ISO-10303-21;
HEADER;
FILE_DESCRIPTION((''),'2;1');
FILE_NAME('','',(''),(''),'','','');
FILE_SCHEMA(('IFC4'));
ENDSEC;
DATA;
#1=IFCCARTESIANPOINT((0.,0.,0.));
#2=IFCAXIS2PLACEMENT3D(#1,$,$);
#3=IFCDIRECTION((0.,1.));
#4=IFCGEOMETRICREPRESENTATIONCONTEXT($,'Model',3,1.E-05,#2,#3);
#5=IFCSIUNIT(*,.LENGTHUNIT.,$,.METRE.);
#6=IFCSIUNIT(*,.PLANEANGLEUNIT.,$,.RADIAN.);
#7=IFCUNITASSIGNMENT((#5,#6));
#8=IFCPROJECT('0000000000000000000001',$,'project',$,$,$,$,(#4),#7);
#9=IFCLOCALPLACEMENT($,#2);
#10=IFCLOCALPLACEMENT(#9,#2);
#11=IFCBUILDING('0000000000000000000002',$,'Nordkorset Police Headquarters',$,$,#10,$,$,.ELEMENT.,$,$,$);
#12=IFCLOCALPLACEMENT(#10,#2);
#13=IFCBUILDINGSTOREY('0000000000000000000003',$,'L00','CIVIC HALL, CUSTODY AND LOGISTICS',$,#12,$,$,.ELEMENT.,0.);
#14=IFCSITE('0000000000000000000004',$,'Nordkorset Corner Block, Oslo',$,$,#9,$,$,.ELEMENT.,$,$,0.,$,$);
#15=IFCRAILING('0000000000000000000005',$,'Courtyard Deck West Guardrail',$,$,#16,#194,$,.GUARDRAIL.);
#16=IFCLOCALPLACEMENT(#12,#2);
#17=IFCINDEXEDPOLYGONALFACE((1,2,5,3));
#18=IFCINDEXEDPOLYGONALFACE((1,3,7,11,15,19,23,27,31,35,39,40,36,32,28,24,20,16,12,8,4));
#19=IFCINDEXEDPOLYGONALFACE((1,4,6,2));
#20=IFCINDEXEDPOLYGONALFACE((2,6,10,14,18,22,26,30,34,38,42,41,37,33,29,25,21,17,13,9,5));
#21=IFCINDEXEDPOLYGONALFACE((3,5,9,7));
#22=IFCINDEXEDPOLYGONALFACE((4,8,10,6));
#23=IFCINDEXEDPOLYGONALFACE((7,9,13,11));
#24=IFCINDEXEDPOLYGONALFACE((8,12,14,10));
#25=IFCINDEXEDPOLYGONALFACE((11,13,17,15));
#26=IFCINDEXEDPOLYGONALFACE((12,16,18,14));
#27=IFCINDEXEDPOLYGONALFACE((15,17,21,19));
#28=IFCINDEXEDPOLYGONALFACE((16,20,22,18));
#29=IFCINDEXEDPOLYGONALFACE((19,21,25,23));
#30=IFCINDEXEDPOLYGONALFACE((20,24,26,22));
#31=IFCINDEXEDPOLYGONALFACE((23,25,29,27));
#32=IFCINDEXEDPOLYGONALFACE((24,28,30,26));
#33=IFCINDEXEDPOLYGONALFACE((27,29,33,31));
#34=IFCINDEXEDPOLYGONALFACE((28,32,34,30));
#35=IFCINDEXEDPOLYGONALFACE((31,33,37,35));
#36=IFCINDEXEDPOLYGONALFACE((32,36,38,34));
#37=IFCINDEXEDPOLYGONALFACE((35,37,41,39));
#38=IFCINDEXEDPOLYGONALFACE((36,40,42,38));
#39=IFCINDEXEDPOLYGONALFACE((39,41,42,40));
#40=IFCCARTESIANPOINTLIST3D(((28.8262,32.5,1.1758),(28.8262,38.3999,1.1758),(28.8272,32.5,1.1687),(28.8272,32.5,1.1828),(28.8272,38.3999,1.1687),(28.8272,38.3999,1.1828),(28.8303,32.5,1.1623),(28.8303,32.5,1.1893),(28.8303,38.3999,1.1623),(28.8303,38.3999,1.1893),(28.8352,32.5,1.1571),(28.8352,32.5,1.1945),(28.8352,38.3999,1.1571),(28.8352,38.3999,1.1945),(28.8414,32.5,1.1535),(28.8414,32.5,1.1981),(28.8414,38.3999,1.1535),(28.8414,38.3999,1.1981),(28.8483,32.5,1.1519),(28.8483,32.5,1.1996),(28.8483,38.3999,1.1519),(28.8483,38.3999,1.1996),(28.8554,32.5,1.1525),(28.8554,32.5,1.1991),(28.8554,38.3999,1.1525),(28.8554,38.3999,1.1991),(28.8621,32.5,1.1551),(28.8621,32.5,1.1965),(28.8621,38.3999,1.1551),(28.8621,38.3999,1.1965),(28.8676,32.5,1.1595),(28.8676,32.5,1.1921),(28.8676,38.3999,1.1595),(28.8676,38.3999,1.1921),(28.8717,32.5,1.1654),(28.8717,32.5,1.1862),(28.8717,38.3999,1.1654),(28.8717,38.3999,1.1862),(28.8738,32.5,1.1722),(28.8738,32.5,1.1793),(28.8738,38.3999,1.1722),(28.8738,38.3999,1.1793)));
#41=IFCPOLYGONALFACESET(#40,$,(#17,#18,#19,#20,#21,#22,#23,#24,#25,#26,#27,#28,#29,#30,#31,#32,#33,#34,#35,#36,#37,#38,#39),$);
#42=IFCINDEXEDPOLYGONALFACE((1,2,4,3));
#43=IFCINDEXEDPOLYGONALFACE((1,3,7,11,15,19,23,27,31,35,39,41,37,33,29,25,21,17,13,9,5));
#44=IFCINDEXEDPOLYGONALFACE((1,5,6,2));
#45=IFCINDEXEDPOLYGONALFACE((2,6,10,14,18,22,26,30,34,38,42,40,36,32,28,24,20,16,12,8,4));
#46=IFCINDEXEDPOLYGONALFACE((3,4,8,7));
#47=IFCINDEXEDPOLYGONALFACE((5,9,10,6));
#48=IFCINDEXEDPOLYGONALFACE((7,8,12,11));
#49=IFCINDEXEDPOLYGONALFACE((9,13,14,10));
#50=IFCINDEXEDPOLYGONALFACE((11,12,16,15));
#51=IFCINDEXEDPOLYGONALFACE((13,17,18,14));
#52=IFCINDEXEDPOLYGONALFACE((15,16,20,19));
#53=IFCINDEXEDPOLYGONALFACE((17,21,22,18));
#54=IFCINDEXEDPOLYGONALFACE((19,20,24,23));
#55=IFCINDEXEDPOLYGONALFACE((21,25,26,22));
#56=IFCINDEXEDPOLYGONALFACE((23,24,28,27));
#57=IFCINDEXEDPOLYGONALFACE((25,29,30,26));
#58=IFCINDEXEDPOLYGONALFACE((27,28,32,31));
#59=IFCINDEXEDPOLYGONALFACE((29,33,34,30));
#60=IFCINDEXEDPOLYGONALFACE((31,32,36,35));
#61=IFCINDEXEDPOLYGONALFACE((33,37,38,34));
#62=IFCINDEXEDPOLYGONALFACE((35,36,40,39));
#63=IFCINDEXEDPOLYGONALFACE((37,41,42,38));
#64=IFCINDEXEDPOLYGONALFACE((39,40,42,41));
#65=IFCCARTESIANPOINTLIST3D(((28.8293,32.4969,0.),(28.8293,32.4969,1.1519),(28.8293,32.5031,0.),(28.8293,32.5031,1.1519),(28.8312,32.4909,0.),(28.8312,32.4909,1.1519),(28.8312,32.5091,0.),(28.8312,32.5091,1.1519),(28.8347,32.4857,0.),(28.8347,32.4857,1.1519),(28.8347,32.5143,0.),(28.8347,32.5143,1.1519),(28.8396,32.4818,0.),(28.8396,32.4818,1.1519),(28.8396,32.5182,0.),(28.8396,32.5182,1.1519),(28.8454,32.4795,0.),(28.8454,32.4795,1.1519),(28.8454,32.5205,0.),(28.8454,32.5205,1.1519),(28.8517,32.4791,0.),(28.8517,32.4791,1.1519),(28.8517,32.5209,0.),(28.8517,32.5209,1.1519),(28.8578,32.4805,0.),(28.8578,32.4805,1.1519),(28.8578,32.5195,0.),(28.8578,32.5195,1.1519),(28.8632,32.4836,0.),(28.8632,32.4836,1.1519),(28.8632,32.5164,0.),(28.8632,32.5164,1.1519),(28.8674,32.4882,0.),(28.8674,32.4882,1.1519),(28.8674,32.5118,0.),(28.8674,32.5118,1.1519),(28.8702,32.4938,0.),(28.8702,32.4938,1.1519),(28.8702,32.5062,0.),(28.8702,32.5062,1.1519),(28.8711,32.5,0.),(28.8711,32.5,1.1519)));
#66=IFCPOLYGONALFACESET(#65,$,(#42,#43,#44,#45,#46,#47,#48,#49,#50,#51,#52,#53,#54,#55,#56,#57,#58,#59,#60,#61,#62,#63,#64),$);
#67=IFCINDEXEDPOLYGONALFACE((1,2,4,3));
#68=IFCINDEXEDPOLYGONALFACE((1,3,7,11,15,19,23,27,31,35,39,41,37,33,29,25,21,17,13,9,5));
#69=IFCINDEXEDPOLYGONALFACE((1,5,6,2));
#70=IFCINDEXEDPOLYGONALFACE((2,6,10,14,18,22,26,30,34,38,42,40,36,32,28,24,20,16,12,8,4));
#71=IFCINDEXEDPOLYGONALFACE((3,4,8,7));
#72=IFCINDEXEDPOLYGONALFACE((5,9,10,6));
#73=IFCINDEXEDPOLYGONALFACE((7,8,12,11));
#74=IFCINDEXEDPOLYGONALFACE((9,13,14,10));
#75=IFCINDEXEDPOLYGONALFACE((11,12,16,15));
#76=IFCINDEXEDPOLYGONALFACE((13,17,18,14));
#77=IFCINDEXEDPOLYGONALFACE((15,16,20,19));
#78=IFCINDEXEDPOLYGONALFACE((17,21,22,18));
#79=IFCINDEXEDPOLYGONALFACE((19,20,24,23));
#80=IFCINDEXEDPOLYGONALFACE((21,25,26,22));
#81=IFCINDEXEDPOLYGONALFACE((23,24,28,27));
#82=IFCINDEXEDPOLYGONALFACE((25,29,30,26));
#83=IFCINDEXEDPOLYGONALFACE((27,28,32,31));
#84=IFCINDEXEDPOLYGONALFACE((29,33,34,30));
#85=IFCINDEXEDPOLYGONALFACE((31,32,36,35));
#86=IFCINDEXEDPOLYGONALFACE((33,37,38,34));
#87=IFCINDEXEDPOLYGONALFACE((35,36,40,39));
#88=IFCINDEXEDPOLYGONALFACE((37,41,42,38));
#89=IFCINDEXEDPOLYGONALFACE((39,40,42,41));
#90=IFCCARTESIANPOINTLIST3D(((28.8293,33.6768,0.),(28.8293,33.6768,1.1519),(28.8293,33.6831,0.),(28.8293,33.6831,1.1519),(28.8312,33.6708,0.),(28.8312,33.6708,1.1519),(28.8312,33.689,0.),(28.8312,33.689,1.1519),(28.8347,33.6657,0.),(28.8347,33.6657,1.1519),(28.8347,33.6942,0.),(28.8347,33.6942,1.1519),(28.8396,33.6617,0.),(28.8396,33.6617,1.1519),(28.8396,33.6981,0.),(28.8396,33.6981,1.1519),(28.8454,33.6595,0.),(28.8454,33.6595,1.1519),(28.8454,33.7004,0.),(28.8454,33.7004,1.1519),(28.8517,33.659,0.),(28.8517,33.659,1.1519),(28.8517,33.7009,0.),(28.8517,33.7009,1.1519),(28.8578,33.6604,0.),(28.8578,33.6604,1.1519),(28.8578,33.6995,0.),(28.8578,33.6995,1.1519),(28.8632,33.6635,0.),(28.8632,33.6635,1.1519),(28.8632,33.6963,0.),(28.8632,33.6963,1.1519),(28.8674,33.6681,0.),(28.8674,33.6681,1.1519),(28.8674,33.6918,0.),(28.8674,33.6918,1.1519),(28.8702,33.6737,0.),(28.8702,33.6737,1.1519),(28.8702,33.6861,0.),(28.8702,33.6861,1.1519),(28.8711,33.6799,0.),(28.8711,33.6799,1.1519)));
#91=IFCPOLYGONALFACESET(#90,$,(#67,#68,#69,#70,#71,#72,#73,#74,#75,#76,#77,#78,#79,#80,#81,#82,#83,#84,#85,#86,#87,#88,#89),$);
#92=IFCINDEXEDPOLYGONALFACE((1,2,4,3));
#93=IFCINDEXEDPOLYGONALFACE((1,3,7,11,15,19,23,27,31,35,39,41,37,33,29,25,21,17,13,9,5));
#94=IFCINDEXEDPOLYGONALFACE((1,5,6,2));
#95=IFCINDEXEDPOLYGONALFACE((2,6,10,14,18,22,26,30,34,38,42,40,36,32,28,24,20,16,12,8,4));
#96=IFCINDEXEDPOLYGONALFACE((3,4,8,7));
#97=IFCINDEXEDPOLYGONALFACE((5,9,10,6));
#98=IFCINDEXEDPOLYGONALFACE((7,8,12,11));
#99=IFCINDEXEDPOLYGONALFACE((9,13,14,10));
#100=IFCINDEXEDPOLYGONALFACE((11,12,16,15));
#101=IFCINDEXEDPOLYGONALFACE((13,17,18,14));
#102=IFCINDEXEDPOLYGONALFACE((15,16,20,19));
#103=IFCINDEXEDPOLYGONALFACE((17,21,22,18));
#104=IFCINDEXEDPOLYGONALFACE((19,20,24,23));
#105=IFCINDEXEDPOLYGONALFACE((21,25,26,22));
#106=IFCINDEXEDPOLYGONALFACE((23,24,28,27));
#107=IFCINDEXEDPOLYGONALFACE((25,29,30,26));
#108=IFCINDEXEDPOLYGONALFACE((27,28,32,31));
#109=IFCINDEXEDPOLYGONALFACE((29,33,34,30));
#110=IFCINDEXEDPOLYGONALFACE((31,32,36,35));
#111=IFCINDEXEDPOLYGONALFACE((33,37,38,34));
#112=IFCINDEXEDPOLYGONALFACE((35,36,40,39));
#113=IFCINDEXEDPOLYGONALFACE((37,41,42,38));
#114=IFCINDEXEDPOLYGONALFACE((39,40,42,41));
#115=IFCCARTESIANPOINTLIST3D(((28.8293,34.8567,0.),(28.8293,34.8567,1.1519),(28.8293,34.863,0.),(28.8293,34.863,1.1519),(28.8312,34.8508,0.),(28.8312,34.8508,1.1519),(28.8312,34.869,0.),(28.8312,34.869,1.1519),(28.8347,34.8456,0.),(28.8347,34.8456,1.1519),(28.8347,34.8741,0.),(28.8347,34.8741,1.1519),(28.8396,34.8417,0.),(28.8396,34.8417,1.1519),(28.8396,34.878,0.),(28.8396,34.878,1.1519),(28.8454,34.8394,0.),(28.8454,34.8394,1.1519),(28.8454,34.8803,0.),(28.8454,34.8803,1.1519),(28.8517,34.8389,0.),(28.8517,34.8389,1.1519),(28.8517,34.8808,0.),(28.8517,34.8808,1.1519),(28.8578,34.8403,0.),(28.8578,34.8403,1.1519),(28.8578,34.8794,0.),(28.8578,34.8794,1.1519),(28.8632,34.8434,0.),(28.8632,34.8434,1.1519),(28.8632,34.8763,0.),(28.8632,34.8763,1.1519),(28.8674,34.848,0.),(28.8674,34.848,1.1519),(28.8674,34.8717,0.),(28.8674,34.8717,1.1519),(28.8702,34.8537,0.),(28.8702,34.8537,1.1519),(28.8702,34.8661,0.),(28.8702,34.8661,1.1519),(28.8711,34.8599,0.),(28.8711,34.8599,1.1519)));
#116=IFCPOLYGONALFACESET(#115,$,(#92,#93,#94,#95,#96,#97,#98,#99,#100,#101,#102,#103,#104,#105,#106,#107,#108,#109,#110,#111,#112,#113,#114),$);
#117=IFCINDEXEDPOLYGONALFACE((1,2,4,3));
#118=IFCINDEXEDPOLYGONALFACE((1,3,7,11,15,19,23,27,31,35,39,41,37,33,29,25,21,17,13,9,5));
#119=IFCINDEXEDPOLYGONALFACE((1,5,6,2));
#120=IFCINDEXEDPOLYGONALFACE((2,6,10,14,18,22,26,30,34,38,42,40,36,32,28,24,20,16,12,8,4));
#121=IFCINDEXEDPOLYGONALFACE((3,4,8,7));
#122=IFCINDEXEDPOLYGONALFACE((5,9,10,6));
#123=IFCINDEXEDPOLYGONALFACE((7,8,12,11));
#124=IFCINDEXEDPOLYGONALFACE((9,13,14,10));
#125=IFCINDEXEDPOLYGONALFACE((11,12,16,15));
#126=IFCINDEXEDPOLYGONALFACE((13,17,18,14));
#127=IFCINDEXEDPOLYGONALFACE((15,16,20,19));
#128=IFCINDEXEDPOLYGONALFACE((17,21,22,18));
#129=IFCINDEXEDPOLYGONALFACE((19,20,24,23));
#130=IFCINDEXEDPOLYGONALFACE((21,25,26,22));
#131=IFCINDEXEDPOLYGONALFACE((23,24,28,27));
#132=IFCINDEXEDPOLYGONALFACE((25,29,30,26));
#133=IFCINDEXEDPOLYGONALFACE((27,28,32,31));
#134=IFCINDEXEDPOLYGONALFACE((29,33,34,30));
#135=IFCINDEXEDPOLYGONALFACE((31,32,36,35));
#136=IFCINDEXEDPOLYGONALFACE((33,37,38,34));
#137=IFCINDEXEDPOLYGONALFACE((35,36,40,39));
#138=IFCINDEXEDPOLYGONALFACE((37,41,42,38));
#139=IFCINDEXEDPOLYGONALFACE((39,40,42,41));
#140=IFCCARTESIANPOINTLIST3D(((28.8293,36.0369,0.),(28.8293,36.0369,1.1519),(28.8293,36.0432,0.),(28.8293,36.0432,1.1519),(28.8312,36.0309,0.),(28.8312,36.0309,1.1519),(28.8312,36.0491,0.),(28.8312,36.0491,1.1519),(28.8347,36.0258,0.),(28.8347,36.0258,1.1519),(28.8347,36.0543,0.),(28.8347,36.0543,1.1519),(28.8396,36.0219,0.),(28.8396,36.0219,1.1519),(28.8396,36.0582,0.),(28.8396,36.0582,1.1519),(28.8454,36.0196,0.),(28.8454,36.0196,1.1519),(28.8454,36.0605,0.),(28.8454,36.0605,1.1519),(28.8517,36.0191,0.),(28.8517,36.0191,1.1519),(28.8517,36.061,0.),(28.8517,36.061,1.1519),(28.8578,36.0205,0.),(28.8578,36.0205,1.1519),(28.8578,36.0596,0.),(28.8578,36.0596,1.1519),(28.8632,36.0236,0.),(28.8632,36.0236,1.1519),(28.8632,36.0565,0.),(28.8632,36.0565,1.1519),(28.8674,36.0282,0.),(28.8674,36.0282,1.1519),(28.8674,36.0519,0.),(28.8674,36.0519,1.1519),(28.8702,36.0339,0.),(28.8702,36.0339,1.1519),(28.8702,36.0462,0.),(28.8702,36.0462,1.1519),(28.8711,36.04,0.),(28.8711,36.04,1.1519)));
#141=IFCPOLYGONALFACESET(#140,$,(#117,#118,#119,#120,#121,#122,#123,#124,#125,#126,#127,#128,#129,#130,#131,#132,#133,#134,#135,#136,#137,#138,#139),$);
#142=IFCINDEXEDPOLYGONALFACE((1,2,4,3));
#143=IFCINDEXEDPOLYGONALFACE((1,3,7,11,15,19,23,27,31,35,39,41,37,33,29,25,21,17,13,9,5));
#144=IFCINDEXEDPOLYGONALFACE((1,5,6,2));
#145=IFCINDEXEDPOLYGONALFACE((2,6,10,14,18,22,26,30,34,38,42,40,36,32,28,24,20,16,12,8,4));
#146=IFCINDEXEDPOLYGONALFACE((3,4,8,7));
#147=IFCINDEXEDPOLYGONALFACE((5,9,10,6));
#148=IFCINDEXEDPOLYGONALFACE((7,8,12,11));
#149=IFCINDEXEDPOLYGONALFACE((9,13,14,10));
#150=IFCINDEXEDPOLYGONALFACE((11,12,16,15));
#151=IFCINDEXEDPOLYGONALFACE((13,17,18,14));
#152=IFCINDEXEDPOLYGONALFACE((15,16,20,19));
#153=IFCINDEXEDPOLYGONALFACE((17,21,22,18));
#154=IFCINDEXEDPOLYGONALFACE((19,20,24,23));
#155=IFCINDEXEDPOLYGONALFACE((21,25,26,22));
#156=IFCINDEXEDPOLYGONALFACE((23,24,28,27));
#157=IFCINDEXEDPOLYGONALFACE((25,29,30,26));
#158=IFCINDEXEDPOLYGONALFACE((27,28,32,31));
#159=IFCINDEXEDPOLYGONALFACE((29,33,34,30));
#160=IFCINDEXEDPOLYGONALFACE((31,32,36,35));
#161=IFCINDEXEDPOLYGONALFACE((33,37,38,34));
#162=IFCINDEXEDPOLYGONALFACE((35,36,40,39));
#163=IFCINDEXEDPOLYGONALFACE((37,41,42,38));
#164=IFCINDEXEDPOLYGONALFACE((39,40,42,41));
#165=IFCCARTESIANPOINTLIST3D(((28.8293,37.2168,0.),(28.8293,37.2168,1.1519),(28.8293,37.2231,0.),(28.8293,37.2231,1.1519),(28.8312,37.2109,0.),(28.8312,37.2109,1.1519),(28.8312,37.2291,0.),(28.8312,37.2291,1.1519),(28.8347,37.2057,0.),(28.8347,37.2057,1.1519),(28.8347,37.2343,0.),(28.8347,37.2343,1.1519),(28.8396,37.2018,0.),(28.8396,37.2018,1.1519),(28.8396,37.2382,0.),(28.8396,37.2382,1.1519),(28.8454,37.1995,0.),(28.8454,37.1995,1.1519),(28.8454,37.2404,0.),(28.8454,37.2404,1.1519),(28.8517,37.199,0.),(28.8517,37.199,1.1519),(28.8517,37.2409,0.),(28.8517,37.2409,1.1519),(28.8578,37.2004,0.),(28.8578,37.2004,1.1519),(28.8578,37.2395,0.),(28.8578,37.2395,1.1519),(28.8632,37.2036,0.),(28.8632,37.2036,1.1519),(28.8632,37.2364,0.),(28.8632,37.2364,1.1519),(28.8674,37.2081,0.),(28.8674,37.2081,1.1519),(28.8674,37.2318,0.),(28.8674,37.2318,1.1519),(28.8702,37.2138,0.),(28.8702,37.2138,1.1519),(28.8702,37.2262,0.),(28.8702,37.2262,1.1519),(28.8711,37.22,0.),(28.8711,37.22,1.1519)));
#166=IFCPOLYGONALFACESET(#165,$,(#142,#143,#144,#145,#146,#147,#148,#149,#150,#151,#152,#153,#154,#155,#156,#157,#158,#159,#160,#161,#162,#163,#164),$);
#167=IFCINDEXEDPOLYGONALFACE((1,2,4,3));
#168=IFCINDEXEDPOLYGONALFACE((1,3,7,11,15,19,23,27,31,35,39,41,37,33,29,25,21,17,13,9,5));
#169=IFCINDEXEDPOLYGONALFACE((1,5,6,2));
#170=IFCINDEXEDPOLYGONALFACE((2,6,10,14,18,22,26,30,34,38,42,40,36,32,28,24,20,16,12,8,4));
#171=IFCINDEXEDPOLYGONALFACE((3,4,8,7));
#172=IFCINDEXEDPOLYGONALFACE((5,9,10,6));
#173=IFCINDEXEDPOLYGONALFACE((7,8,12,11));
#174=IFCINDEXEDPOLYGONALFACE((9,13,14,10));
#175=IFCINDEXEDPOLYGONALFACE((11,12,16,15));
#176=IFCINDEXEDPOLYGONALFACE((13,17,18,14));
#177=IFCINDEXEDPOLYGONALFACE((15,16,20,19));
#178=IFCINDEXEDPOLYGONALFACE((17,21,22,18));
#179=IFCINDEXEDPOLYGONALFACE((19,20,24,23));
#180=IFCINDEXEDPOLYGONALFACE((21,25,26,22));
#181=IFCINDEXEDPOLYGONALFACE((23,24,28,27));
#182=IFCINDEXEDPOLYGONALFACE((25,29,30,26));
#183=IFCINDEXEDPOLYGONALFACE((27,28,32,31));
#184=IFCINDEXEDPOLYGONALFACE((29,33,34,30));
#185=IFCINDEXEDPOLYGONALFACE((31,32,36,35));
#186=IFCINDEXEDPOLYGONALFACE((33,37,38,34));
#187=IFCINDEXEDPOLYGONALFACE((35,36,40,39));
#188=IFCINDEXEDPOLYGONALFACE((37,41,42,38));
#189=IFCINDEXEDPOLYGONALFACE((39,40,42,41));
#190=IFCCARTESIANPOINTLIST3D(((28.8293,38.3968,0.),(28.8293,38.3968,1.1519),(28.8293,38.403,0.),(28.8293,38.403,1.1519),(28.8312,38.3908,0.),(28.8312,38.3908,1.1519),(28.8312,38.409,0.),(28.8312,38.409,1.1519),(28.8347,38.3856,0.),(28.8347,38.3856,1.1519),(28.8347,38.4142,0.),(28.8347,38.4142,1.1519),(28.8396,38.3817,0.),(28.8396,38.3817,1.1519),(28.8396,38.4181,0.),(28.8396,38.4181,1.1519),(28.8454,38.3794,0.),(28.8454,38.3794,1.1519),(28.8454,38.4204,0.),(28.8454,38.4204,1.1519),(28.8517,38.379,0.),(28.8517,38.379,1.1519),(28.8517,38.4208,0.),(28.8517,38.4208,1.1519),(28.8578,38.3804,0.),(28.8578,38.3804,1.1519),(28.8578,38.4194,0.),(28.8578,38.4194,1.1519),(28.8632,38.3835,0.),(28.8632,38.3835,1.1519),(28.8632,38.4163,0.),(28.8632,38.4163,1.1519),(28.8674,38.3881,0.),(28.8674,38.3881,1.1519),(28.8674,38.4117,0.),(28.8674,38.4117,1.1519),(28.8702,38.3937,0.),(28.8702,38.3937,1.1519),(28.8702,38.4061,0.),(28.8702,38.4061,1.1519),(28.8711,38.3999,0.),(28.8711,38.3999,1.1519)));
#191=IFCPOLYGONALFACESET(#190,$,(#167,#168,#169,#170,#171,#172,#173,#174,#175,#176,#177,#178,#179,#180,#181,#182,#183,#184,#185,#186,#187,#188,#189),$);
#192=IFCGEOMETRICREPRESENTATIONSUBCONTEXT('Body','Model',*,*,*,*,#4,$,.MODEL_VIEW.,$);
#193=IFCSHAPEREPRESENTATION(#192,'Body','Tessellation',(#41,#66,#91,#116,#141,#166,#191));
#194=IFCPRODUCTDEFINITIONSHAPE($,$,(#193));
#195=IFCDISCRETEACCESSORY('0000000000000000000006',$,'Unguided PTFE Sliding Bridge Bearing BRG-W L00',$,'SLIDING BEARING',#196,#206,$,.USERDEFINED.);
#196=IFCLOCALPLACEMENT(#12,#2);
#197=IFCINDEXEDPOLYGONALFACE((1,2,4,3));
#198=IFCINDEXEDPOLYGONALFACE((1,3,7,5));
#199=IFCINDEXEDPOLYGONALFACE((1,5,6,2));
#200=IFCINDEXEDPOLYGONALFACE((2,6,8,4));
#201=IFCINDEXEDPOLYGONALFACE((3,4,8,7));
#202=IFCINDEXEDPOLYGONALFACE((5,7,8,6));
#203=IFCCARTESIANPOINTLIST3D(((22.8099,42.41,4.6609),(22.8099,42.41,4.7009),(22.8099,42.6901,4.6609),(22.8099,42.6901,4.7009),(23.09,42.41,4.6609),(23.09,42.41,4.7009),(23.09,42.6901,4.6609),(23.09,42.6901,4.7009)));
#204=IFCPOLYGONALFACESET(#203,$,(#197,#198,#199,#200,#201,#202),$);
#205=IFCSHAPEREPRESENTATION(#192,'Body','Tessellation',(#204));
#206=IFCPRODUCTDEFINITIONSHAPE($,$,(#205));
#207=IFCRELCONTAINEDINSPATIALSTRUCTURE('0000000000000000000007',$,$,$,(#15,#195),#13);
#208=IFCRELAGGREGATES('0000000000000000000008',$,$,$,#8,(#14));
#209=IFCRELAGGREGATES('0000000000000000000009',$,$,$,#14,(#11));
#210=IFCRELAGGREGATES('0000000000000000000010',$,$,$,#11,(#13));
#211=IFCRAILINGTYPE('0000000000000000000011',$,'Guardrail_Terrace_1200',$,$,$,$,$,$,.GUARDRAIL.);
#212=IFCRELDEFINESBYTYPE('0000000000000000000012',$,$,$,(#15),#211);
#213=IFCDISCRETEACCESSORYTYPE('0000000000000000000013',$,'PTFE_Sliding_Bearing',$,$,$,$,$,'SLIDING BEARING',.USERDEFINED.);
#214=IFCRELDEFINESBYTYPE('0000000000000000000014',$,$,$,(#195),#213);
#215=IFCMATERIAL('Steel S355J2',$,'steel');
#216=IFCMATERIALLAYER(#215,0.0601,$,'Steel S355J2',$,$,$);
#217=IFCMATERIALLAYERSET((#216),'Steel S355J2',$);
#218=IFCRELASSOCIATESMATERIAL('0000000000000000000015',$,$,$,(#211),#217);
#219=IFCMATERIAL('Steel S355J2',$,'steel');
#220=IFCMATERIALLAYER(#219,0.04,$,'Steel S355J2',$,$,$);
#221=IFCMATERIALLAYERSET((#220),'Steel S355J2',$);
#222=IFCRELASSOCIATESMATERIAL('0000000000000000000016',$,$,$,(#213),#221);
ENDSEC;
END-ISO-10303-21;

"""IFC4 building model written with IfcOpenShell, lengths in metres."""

from ifc_helpers import new_model, si_unit, direction, frame, origin, origin_2d, place, context, subcontext, project, spatial, rectangle, circle, extrude, material, layer, layer_set, type_object, element, save


model = new_model("IFC4")

# Units and contexts
model_context = context("Model", 3, precision=1e-05, world=origin(), true_north=direction((0.0, 1.0)))
body_context = subcontext(model_context, "Body", "Model", "MODEL_VIEW")
ifc_project = project(units=[si_unit("LENGTHUNIT", "METRE"), si_unit("PLANEANGLEUNIT", "RADIAN")], contexts=[model_context])

# Site, building, storey
site_placement = place(None, origin())
site = spatial("IfcSite", under=ifc_project, at=site_placement, Name="Nordkorset Corner Block, Oslo", CompositionType="ELEMENT", RefElevation=0.0)
building_placement = place(site_placement, origin())
building = spatial("IfcBuilding", under=site, at=building_placement, Name="Nordkorset Police Headquarters", CompositionType="ELEMENT")
storey_placement = place(building_placement, origin())
storey = spatial("IfcBuildingStorey", under=building, at=storey_placement, Name="L00", Description="CIVIC HALL, CUSTODY AND LOGISTICS", CompositionType="ELEMENT", Elevation=0.0)

# Railing
ifc_material_1 = material(Name="Steel S355J2", Category="steel")
ifc_layer_1 = layer(ifc_material_1, 0.0601, Name="Steel S355J2")
ifc_layer_set_1 = layer_set([ifc_layer_1], Name="Steel S355J2")
railing_type = type_object("IfcRailingType", Name="Guardrail_Terrace_1200", PredefinedType="GUARDRAIL", material=ifc_layer_set_1)
railing_1_placement = place(storey_placement, frame((28.8501, 32.5, 0.0)))
element("IfcRailing", 1, at=railing_1_placement, inside=storey, type_object=railing_type, Name="Courtyard Deck West Guardrail", PredefinedType="GUARDRAIL", context=body_context, shape_type="SweptSolid", body=[
    extrude(circle(Radius=0.0239, at=origin_2d()), frame((0.0, 0.0, 1.1758), z_axis=(0.0, 1.0, 0.0), x_axis=(-1.0, 0.0, 0.0)), (0.0, 0.0, 1.0), 5.8999),
    extrude(circle(Radius=0.021, at=origin_2d()), origin(), (0.0, 0.0, 1.0), 1.1519),
    extrude(circle(Radius=0.021, at=origin_2d()), frame((0.0, 1.1799, 0.0)), (0.0, 0.0, 1.0), 1.1519),
    extrude(circle(Radius=0.021, at=origin_2d()), frame((0.0, 2.3599, 0.0)), (0.0, 0.0, 1.0), 1.1519),
    extrude(circle(Radius=0.021, at=origin_2d()), frame((0.0, 3.54, 0.0)), (0.0, 0.0, 1.0), 1.1519),
    extrude(circle(Radius=0.021, at=origin_2d()), frame((0.0, 4.72, 0.0)), (0.0, 0.0, 1.0), 1.1519),
    extrude(circle(Radius=0.021, at=origin_2d()), frame((0.0, 5.8999, 0.0)), (0.0, 0.0, 1.0), 1.1519),
])

# Discrete accessory
ifc_material_2 = material(Name="Steel S355J2", Category="steel")
ifc_layer_2 = layer(ifc_material_2, 0.04, Name="Steel S355J2")
ifc_layer_set_2 = layer_set([ifc_layer_2], Name="Steel S355J2")
discrete_accessory_type = type_object("IfcDiscreteAccessoryType", Name="PTFE_Sliding_Bearing", ElementType="SLIDING BEARING", PredefinedType="USERDEFINED", material=ifc_layer_set_2)
discrete_accessory_placement = place(storey_placement, frame((22.95, 42.55, 4.6609), z_axis=(0.0, 0.0, 1.0), x_axis=(1.0, 0.0, 0.0)))
element("IfcDiscreteAccessory", 2, at=discrete_accessory_placement, inside=storey, type_object=discrete_accessory_type, Name="Unguided PTFE Sliding Bridge Bearing BRG-W L00", ObjectType="SLIDING BEARING", PredefinedType="USERDEFINED", context=body_context, shape_type="SweptSolid", body=[
    extrude(rectangle(XDim=0.28, YDim=0.28, at=origin_2d()), origin(), (0.0, 0.0, 1.0), 0.04),
])

save(model, "model.ifc")
